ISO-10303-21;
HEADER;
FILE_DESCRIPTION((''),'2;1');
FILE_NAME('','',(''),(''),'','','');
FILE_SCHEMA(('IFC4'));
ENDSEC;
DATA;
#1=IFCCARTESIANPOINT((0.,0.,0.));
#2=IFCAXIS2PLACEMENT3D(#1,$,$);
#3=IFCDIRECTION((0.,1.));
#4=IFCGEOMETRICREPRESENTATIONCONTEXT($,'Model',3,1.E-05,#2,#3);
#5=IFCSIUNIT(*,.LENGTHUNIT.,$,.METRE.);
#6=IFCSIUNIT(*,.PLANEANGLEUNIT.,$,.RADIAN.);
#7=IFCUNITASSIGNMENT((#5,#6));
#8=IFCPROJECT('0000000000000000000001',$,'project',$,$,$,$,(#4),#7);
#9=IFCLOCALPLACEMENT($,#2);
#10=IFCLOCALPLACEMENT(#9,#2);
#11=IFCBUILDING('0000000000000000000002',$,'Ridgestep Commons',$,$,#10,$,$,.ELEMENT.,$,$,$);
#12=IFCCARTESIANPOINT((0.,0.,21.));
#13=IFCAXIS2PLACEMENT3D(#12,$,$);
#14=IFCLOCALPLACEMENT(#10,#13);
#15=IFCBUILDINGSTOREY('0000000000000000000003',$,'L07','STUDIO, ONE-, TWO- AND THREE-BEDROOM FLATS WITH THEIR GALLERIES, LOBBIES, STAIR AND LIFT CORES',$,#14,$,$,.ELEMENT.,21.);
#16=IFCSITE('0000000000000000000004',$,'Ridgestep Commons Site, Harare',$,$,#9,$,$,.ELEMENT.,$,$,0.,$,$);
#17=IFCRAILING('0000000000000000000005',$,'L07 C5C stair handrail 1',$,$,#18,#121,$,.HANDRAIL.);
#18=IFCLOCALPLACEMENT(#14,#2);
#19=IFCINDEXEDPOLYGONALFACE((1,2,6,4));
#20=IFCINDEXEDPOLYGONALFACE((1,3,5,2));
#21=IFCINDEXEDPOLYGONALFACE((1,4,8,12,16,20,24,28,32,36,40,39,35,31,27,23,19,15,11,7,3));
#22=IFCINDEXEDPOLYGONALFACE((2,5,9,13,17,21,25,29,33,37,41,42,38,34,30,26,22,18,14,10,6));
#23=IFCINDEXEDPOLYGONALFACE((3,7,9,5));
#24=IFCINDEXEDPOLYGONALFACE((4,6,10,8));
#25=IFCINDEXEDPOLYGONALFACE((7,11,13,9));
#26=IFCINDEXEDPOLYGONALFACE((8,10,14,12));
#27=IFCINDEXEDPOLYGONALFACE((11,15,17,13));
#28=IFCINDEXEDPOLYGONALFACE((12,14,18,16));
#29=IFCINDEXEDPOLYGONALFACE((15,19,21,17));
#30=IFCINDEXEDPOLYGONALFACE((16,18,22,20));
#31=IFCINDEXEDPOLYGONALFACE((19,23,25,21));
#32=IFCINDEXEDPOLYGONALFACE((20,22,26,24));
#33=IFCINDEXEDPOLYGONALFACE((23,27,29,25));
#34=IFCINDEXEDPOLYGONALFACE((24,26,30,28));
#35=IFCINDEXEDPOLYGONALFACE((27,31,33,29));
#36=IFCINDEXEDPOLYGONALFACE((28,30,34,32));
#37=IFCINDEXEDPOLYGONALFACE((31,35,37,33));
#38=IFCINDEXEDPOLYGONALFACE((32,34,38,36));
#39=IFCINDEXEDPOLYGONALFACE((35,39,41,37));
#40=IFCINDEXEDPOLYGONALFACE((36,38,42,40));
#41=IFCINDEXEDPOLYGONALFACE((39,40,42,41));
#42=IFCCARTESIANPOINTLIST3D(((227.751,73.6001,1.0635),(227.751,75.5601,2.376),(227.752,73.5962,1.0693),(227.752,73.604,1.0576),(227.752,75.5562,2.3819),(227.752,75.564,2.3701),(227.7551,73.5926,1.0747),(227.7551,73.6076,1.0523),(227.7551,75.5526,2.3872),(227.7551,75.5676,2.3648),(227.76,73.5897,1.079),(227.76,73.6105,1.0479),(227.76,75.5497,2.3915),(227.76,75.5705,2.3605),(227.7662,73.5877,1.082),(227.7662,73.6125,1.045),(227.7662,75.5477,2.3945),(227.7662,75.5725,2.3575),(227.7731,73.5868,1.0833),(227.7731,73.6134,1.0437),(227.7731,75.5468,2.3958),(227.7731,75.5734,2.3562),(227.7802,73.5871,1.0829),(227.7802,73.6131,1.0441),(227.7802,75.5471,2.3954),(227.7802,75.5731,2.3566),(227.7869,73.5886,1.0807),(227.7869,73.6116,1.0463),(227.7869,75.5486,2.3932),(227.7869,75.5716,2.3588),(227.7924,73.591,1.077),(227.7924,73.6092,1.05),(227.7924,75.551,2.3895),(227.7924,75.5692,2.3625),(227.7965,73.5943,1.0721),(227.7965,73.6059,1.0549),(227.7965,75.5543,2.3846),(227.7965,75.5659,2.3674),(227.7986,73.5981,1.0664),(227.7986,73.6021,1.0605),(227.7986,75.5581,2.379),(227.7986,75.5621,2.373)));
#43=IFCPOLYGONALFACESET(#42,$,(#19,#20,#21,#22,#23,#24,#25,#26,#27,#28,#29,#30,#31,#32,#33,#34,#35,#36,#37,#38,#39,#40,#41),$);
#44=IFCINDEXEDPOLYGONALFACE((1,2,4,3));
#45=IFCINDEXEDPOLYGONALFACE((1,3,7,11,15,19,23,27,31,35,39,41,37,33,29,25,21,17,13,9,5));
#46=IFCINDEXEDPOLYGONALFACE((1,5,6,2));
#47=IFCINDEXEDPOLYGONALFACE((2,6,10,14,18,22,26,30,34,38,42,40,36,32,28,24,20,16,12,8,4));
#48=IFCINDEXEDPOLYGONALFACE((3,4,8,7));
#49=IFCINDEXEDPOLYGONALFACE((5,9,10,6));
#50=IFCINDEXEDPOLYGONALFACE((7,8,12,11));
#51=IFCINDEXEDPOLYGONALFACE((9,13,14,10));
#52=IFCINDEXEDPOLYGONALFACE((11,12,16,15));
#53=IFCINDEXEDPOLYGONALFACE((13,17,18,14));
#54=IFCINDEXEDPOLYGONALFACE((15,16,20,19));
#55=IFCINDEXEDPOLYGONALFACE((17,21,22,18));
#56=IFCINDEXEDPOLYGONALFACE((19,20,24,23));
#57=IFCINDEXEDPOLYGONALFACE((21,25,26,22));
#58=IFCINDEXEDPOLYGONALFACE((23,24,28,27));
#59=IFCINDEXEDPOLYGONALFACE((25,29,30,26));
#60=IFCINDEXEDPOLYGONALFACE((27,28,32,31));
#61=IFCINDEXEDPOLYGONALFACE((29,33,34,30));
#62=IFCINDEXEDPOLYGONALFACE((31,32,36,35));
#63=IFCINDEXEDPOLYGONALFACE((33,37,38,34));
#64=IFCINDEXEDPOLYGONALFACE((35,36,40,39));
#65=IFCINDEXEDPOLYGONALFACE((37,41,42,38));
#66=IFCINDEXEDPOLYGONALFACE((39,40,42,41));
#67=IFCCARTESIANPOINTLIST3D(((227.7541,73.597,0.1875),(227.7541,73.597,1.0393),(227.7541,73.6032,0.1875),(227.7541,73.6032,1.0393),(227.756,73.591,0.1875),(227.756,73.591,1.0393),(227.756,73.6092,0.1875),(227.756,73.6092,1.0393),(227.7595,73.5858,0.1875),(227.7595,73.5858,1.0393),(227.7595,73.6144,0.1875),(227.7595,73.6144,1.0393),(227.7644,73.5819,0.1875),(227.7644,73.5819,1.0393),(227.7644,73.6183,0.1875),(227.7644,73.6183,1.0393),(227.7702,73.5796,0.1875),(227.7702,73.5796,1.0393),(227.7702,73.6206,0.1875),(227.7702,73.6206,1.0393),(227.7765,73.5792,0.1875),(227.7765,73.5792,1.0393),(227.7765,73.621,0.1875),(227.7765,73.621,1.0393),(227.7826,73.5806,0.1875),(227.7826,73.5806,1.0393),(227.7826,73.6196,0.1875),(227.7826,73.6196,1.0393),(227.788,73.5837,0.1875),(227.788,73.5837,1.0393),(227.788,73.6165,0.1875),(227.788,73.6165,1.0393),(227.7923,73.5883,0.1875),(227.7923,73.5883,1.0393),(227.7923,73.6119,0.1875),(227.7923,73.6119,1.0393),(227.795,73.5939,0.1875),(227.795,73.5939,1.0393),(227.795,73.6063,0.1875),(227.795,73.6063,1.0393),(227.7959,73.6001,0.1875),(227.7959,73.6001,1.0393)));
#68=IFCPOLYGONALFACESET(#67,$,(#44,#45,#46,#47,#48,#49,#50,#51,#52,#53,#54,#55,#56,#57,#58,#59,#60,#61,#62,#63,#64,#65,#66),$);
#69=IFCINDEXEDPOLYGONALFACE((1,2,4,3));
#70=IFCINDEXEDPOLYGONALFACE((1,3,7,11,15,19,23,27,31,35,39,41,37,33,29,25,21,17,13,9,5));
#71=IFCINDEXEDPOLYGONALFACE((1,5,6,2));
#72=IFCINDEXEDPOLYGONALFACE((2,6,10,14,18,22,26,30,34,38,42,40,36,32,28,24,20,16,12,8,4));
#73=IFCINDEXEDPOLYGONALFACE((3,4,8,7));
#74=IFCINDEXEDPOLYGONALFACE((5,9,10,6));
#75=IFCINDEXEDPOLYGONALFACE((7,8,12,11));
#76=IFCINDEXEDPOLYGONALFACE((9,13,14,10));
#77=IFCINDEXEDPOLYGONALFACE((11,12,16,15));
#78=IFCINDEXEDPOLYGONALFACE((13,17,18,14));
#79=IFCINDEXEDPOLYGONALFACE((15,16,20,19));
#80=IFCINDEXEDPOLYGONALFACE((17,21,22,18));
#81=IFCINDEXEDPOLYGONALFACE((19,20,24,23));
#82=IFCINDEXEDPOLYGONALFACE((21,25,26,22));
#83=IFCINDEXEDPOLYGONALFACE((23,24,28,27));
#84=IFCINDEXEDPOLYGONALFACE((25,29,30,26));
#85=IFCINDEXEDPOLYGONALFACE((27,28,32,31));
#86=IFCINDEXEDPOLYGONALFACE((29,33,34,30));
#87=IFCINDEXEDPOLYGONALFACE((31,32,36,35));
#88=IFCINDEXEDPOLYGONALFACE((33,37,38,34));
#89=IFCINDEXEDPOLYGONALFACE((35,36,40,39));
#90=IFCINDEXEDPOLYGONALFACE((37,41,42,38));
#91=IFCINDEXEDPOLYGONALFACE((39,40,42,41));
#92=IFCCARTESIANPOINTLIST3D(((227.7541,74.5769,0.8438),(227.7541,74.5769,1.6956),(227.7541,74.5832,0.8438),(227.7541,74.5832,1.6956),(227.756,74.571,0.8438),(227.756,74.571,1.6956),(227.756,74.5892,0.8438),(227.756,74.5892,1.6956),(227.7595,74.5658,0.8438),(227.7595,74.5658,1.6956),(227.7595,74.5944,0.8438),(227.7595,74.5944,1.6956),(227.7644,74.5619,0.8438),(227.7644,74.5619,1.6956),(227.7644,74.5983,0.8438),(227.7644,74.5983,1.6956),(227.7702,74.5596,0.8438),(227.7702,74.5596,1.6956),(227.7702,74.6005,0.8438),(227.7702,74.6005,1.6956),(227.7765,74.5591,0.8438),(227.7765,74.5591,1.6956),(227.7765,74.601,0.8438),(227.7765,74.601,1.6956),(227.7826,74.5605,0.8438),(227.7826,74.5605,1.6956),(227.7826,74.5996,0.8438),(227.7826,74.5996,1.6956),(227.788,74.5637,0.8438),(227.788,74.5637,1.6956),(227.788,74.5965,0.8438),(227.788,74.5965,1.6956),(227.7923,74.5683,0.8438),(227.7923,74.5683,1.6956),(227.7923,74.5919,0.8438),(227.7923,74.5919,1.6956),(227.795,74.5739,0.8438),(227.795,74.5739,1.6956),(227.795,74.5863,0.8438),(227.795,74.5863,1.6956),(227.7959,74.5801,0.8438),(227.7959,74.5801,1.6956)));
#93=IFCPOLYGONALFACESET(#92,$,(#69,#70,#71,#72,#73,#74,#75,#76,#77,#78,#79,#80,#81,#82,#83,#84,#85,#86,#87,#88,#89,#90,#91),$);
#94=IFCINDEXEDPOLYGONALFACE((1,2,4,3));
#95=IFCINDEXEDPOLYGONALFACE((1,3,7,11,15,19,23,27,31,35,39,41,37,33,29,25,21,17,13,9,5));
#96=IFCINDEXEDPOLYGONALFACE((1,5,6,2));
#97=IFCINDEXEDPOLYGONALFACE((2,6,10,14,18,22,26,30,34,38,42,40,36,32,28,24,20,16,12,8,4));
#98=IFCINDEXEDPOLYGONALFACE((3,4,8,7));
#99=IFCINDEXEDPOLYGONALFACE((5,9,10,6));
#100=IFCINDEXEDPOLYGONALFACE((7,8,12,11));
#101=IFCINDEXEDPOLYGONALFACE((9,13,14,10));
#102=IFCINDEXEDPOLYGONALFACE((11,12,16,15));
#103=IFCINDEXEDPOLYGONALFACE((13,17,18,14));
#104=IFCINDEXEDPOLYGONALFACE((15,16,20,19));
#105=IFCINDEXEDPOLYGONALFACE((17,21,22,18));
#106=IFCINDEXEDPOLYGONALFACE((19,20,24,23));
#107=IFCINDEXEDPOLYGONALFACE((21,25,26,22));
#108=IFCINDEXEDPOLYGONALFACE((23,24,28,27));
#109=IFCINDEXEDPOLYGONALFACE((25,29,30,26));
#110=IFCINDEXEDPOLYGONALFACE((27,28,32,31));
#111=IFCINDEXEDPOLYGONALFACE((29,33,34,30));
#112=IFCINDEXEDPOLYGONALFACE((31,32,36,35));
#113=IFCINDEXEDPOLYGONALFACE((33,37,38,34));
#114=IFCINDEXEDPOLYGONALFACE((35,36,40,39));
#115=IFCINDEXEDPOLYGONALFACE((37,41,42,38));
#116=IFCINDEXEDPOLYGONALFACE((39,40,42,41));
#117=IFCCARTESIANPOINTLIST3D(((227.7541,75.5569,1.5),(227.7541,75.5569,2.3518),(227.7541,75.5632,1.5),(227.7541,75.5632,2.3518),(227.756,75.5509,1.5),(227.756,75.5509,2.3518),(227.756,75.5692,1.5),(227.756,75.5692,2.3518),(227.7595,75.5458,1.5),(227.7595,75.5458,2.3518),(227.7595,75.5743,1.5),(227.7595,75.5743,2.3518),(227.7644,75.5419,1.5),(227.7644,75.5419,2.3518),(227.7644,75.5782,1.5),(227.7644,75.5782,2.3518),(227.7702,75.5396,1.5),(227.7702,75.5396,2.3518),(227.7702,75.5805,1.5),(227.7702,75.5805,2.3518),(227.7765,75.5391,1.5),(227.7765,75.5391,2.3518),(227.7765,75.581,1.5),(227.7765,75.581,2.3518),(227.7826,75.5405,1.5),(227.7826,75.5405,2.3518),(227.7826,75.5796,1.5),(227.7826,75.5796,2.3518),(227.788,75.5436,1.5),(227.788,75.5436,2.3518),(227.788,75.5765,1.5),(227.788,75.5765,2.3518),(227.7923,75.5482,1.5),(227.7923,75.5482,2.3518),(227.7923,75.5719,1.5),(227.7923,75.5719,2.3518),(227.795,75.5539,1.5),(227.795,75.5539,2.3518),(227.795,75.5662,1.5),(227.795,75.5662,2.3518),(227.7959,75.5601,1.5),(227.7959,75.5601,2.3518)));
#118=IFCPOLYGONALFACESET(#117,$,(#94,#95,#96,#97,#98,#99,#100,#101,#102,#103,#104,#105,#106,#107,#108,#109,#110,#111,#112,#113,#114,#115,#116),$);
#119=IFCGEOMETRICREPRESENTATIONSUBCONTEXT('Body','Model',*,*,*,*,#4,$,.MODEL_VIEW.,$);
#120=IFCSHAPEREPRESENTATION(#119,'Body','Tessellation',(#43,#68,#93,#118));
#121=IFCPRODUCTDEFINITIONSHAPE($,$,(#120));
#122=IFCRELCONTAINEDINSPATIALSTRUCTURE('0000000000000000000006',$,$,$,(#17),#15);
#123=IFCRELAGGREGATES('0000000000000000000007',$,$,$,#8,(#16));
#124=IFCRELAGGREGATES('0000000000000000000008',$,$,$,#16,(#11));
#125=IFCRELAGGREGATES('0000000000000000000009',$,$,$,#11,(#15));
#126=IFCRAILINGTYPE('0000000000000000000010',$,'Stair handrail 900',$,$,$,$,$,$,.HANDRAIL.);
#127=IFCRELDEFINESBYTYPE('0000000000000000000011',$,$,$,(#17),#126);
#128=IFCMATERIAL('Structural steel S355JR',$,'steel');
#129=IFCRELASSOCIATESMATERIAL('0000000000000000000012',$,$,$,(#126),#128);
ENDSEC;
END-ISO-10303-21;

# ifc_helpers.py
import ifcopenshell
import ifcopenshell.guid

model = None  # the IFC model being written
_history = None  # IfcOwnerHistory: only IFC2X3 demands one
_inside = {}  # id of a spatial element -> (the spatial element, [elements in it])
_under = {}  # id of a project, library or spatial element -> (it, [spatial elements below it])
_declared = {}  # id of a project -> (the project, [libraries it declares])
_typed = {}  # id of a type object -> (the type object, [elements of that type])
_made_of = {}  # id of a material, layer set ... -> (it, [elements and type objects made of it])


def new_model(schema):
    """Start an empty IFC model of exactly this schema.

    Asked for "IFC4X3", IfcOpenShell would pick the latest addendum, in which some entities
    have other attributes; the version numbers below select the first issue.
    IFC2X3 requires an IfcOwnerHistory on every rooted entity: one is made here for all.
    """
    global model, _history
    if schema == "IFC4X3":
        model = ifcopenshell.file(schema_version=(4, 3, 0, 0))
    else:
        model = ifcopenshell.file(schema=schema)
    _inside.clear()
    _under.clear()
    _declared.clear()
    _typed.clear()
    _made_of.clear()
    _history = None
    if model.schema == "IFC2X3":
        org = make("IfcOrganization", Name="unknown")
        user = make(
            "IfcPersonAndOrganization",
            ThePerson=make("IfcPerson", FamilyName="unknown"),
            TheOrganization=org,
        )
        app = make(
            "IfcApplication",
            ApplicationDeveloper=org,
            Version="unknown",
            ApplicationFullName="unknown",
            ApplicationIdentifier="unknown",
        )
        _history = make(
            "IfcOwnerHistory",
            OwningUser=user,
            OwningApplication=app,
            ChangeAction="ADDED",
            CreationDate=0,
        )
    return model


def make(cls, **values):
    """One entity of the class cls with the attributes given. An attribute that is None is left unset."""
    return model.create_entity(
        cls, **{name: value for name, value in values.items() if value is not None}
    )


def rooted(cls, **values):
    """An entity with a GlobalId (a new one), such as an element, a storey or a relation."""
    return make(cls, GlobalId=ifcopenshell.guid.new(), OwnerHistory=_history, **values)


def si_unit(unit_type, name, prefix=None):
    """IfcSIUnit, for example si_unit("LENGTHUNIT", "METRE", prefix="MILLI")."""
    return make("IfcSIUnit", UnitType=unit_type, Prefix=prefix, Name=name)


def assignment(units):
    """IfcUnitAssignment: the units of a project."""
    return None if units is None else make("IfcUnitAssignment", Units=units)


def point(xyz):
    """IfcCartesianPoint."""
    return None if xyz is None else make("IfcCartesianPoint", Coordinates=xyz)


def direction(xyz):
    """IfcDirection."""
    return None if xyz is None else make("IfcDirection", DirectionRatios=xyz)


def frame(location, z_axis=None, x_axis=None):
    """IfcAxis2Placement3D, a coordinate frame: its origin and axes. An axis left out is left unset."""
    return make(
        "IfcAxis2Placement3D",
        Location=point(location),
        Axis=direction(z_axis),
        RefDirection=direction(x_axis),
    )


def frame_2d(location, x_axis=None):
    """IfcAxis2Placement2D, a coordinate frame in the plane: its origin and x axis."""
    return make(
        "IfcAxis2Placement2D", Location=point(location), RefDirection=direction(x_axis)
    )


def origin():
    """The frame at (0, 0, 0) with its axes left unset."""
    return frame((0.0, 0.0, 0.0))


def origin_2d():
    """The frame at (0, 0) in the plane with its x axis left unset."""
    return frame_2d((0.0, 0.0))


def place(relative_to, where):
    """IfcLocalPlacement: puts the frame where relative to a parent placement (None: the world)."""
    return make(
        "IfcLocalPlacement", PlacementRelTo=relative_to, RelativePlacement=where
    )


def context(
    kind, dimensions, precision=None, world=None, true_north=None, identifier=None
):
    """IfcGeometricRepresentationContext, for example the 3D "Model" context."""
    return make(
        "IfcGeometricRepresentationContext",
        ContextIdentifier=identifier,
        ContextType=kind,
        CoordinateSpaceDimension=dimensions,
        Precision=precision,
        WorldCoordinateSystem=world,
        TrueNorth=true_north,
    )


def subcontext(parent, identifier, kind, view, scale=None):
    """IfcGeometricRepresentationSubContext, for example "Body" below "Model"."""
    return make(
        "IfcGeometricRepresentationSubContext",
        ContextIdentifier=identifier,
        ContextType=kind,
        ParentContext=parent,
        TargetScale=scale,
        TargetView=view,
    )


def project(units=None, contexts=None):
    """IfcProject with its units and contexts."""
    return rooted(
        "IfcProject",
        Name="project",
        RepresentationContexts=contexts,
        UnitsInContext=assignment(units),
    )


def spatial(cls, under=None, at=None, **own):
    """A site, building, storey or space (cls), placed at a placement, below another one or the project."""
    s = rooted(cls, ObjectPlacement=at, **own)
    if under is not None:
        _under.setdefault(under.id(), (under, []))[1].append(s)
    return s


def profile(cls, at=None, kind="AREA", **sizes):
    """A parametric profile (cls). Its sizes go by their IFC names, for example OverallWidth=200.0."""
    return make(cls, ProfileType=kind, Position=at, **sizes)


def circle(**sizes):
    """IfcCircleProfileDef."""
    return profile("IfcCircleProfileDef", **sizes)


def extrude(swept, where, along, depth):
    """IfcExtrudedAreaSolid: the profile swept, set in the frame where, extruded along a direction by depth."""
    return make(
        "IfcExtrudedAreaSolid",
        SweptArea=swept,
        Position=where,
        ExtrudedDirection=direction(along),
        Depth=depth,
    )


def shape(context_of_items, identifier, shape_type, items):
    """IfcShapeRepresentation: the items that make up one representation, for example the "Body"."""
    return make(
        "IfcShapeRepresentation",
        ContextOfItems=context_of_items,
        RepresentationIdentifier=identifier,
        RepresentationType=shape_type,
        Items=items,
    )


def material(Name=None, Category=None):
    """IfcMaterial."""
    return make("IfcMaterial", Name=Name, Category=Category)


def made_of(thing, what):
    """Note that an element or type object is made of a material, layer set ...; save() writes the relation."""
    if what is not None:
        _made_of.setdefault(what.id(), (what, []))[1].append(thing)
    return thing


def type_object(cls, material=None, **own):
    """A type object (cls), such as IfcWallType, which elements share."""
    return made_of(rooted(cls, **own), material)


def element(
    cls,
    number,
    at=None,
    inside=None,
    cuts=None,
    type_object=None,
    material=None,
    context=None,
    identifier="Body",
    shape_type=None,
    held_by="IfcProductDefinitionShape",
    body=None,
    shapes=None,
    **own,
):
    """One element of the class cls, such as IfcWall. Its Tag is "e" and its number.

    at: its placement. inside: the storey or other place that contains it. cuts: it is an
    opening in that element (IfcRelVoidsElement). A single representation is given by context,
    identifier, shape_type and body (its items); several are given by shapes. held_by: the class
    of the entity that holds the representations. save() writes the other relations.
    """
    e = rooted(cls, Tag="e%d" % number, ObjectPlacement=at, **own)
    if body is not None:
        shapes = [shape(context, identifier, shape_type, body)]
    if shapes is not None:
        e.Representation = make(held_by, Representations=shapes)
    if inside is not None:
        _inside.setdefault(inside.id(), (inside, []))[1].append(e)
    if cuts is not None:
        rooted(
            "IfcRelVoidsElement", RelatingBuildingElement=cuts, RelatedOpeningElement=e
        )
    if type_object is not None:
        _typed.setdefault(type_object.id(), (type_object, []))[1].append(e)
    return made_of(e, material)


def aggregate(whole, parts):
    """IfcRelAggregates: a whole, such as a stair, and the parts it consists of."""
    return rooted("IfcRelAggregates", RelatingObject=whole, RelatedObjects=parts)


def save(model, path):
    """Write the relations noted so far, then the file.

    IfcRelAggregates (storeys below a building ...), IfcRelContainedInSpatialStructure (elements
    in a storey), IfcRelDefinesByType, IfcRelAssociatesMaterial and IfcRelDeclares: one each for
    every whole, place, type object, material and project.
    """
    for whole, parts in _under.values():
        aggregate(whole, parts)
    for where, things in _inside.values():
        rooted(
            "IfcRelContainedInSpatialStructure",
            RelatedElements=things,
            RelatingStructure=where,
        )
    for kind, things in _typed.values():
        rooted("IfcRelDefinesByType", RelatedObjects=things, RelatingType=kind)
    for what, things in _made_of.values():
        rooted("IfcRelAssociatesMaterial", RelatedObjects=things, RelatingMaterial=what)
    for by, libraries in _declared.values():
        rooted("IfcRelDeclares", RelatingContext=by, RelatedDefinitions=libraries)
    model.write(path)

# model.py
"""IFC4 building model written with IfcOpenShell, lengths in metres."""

from ifc_helpers import new_model, si_unit, direction, frame, origin, origin_2d, place, context, subcontext, project, spatial, circle, extrude, material, type_object, element, save


model = new_model("IFC4")

# Units and contexts
model_context = context("Model", 3, precision=1e-05, world=origin(), true_north=direction((0.0, 1.0)))
body_context = subcontext(model_context, "Body", "Model", "MODEL_VIEW")
ifc_project = project(units=[si_unit("LENGTHUNIT", "METRE"), si_unit("PLANEANGLEUNIT", "RADIAN")], contexts=[model_context])

# Site, building, storey
site_placement = place(None, origin())
site = spatial("IfcSite", under=ifc_project, at=site_placement, Name="Ridgestep Commons Site, Harare", CompositionType="ELEMENT", RefElevation=0.0)
building_placement = place(site_placement, origin())
building = spatial("IfcBuilding", under=site, at=building_placement, Name="Ridgestep Commons", CompositionType="ELEMENT")
storey_placement = place(building_placement, frame((0.0, 0.0, 21.0)))
storey = spatial("IfcBuildingStorey", under=building, at=storey_placement, Name="L07", Description="STUDIO, ONE-, TWO- AND THREE-BEDROOM FLATS WITH THEIR GALLERIES, LOBBIES, STAIR AND LIFT CORES", CompositionType="ELEMENT", Elevation=21.0)

# Railing
ifc_material_1 = material(Name="Structural steel S355JR", Category="steel")
railing_type_1 = type_object("IfcRailingType", Name="Stair handrail 900", PredefinedType="HANDRAIL", material=ifc_material_1)
railing_1_placement = place(storey_placement, frame((227.7749, 73.6001, 0.1875)))
element("IfcRailing", 1, at=railing_1_placement, inside=storey, type_object=railing_type_1, Name="L07 C5C stair handrail 1", PredefinedType="HANDRAIL", context=body_context, shape_type="SweptSolid", body=[
    extrude(circle(Radius=0.0239, at=origin_2d()), frame((0.0, 0.0, 0.876), z_axis=(0.0, 0.830902, 0.556419), x_axis=(-1.0, 0.0, 0.0)), (0.0, 0.0, 1.0), 2.3589),
    extrude(circle(Radius=0.021, at=origin_2d()), origin(), (0.0, 0.0, 1.0), 0.8518),
    extrude(circle(Radius=0.021, at=origin_2d()), frame((0.0, 0.98, 0.6562)), (0.0, 0.0, 1.0), 0.8518),
    extrude(circle(Radius=0.021, at=origin_2d()), frame((0.0, 1.96, 1.3125)), (0.0, 0.0, 1.0), 0.8518),
])

save(model, "model.ifc")
